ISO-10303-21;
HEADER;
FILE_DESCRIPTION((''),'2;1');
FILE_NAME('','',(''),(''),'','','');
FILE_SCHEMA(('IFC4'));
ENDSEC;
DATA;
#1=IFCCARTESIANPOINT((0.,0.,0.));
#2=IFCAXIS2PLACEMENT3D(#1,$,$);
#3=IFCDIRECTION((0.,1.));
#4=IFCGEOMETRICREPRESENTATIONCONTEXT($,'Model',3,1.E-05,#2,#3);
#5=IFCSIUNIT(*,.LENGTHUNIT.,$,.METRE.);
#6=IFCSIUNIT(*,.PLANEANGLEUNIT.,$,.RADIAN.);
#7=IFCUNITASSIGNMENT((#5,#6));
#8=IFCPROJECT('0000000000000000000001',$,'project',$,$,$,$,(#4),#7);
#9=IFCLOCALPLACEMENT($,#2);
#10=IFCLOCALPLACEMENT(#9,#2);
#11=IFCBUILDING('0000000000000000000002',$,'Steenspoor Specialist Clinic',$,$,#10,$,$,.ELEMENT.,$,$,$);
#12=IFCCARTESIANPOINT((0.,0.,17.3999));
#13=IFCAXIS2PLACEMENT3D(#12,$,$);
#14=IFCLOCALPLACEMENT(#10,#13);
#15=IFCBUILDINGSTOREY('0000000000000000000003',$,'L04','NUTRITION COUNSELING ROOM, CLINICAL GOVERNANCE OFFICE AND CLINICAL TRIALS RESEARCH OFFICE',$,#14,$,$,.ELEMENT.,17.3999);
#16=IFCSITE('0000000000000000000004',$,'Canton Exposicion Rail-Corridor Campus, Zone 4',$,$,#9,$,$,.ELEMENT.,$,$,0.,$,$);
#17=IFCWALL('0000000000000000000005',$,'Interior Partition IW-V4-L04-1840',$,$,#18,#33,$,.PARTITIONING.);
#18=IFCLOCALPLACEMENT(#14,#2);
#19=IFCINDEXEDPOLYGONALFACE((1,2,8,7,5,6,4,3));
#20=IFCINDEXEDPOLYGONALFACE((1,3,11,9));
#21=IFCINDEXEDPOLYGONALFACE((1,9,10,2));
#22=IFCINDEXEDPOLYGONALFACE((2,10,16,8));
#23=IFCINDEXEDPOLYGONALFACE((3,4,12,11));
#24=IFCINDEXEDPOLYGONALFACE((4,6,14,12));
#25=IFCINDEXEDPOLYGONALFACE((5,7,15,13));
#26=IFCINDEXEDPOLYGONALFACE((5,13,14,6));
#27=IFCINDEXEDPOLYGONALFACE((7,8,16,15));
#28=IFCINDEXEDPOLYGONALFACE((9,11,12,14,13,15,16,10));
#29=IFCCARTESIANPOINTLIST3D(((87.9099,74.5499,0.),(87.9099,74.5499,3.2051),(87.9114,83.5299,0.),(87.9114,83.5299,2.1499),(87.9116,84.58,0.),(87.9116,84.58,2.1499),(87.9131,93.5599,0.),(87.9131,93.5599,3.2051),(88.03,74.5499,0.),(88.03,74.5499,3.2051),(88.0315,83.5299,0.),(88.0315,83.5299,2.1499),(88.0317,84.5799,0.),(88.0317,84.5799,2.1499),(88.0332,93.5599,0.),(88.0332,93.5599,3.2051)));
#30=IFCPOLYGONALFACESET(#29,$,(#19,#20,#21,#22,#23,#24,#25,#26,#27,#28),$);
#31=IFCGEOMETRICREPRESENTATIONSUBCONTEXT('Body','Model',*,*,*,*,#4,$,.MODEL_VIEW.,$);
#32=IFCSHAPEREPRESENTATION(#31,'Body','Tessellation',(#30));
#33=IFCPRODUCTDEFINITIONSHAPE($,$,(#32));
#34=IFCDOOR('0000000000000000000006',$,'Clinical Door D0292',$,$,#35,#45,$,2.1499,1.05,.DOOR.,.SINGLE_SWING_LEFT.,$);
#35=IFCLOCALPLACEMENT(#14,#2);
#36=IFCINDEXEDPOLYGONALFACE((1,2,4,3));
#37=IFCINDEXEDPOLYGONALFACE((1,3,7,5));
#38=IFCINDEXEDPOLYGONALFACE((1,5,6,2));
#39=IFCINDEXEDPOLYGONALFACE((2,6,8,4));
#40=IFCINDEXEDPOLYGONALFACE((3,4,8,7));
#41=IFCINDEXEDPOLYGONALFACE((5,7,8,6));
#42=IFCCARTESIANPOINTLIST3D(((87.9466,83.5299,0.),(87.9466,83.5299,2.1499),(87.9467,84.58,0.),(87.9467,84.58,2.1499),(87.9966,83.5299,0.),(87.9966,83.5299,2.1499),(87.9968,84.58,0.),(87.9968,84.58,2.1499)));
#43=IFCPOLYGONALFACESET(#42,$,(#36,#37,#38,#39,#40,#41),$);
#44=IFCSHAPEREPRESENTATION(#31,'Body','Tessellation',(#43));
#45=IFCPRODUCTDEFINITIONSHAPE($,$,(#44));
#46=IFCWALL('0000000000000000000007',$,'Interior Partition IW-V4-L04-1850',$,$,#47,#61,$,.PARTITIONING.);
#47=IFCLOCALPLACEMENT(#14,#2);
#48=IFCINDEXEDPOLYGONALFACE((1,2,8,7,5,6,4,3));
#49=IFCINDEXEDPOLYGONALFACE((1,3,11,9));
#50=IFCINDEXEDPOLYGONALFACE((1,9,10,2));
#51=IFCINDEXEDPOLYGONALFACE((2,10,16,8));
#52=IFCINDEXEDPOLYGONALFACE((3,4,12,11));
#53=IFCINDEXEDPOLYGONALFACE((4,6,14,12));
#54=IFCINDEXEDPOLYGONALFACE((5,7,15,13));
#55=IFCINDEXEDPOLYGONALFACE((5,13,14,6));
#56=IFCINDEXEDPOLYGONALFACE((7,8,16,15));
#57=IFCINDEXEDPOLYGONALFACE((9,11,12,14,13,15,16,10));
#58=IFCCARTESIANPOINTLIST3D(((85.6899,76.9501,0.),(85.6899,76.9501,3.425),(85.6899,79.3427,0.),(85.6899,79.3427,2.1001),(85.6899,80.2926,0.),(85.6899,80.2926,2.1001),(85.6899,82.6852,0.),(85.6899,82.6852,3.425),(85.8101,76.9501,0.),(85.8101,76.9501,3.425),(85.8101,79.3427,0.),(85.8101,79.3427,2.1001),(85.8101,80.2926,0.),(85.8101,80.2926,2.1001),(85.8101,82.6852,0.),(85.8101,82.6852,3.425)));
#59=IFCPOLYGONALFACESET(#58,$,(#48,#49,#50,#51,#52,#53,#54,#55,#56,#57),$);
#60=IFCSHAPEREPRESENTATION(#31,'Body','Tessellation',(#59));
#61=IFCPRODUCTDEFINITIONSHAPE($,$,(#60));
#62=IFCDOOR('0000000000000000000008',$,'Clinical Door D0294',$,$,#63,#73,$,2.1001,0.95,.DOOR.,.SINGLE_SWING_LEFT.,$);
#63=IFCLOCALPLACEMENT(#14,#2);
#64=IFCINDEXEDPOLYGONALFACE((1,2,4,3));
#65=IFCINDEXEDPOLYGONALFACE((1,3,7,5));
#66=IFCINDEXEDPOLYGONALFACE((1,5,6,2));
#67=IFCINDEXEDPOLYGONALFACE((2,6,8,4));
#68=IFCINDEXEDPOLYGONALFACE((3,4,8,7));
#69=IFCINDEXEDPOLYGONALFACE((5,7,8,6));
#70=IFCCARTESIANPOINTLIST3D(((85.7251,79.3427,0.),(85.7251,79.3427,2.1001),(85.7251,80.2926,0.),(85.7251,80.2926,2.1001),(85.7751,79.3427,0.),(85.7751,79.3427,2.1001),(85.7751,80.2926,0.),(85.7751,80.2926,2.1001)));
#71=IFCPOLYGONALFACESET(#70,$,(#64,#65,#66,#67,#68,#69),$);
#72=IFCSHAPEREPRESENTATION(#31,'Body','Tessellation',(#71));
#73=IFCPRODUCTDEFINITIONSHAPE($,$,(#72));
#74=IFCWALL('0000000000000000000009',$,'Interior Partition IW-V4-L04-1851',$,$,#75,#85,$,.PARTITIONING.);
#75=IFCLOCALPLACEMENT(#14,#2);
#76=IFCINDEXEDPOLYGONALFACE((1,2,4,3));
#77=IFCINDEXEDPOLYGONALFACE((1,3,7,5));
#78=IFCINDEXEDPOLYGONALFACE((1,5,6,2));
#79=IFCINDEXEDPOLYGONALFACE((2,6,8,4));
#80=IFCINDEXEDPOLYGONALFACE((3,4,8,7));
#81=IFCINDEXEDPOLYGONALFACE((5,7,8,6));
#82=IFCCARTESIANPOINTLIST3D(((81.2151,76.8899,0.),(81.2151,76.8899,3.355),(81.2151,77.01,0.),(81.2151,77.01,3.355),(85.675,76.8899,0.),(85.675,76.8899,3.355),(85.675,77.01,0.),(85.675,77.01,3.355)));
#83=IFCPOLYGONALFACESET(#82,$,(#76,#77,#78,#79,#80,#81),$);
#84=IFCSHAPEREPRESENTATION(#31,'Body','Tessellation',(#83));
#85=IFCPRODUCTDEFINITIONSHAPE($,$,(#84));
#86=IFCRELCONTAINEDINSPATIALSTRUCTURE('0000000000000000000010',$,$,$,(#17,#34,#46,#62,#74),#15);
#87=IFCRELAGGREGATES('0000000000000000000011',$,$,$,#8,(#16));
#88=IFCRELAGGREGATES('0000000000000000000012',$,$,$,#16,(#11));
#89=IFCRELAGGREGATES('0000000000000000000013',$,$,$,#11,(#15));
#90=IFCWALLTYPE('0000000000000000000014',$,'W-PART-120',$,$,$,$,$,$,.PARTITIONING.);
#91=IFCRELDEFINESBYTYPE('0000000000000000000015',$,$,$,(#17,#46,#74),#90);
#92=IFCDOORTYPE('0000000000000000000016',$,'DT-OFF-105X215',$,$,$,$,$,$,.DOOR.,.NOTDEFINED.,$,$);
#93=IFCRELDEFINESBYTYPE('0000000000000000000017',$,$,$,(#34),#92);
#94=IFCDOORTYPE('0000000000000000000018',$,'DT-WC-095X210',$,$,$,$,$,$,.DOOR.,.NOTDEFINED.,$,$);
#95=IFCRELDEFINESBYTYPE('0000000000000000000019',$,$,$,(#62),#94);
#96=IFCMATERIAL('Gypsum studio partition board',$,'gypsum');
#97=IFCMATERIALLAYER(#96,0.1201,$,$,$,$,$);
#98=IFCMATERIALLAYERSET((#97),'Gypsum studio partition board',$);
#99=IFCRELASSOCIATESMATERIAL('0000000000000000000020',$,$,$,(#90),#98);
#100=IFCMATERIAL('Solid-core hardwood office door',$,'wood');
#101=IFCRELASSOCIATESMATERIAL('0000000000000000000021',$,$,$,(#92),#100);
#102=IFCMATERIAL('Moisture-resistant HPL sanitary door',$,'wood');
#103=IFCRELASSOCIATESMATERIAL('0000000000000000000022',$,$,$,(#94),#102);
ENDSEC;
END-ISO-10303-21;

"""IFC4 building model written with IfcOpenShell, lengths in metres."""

from ifc_helpers import new_model, si_unit, direction, frame, frame_2d, origin, place, context, subcontext, project, spatial, rectangle, extrude, material, layer, layer_set, type_object, element, fill, save


model = new_model("IFC4")

# Units and contexts
model_context = context("Model", 3, precision=1e-05, world=origin(), true_north=direction((0.0, 1.0)))
body_context = subcontext(model_context, "Body", "Model", "MODEL_VIEW")
ifc_project = project(units=[si_unit("LENGTHUNIT", "METRE"), si_unit("PLANEANGLEUNIT", "RADIAN")], contexts=[model_context])

# Site, building, storey
site_placement = place(None, origin())
site = spatial("IfcSite", under=ifc_project, at=site_placement, Name="Canton Exposicion Rail-Corridor Campus, Zone 4", CompositionType="ELEMENT", RefElevation=0.0)
building_placement = place(site_placement, origin())
building = spatial("IfcBuilding", under=site, at=building_placement, Name="Steenspoor Specialist Clinic", CompositionType="ELEMENT")
storey_placement = place(building_placement, frame((0.0, 0.0, 17.3999)))
storey = spatial("IfcBuildingStorey", under=building, at=storey_placement, Name="L04", Description="NUTRITION COUNSELING ROOM, CLINICAL GOVERNANCE OFFICE AND CLINICAL TRIALS RESEARCH OFFICE", CompositionType="ELEMENT", Elevation=17.3999)

# Walls, openings, doors
ifc_material_1 = material(Name="Gypsum studio partition board", Category="gypsum")
ifc_layer_1 = layer(ifc_material_1, 0.1201)
ifc_layer_set_1 = layer_set([ifc_layer_1], Name="Gypsum studio partition board")
wall_type_1 = type_object("IfcWallType", Name="W-PART-120", PredefinedType="PARTITIONING", material=ifc_layer_set_1)
wall_1_placement = place(storey_placement, frame((87.97, 74.55, 0.0), z_axis=(0.0, 0.0, 1.0), x_axis=(0.000167, 1.0, 0.0)))
wall_1 = element("IfcWall", 1, at=wall_1_placement, inside=storey, type_object=wall_type_1, Name="Interior Partition IW-V4-L04-1840", PredefinedType="PARTITIONING", context=body_context, shape_type="SweptSolid", body=[
    extrude(rectangle(XDim=19.01, YDim=0.1201, at=frame_2d((9.5049, 0.0))), origin(), (0.0, 0.0, 1.0), 3.2051),
])
opening_1_placement = place(wall_1_placement, frame((8.98, 0.0, 0.0)))
opening_1 = element("IfcOpeningElement", 2, at=opening_1_placement, cuts=wall_1, PredefinedType="OPENING", context=body_context, shape_type="SweptSolid", body=[
    extrude(rectangle(XDim=1.05, YDim=2.1499, at=frame_2d((0.5249, 1.075))), frame((0.0, 0.0701, 0.0), z_axis=(0.0, -1.0, 0.0), x_axis=(1.0, 0.0, 0.0)), (0.0, 0.0, 1.0), 0.1401),
])
ifc_material_2 = material(Name="Solid-core hardwood office door", Category="wood")
door_type_1 = type_object("IfcDoorType", Name="DT-OFF-105X215", OperationType="NOTDEFINED", PredefinedType="DOOR", material=ifc_material_2)
door_1_placement = place(opening_1_placement, origin())
door_1 = element("IfcDoor", 3, at=door_1_placement, inside=storey, type_object=door_type_1, Name="Clinical Door D0292", OperationType="SINGLE_SWING_LEFT", OverallHeight=2.1499, OverallWidth=1.05, PredefinedType="DOOR", context=body_context, shape_type="SweptSolid", body=[
    extrude(rectangle(XDim=1.05, YDim=2.1499, at=frame_2d((0.5249, 1.075))), frame((0.0, 0.0249, 0.0), z_axis=(0.0, -1.0, 0.0), x_axis=(1.0, 0.0, 0.0)), (0.0, 0.0, 1.0), 0.05),
])
fill(opening_1, door_1)
wall_2_placement = place(storey_placement, frame((85.75, 76.95, 0.0), z_axis=(0.0, 0.0, 1.0), x_axis=(0.0, 1.0, 0.0)))
wall_2 = element("IfcWall", 4, at=wall_2_placement, inside=storey, type_object=wall_type_1, Name="Interior Partition IW-V4-L04-1850", PredefinedType="PARTITIONING", context=body_context, shape_type="SweptSolid", body=[
    extrude(rectangle(XDim=5.7351, YDim=0.1201, at=frame_2d((2.8677, 0.0))), origin(), (0.0, 0.0, 1.0), 3.425),
])
opening_2_placement = place(wall_2_placement, frame((2.3926, 0.0, 0.0)))
opening_2 = element("IfcOpeningElement", 5, at=opening_2_placement, cuts=wall_2, PredefinedType="OPENING", context=body_context, shape_type="SweptSolid", body=[
    extrude(rectangle(XDim=0.95, YDim=2.1001, at=frame_2d((0.4751, 1.05))), frame((0.0, 0.0701, 0.0), z_axis=(0.0, -1.0, 0.0), x_axis=(1.0, 0.0, 0.0)), (0.0, 0.0, 1.0), 0.1401),
])
ifc_material_3 = material(Name="Moisture-resistant HPL sanitary door", Category="wood")
door_type_2 = type_object("IfcDoorType", Name="DT-WC-095X210", OperationType="NOTDEFINED", PredefinedType="DOOR", material=ifc_material_3)
door_2_placement = place(opening_2_placement, origin())
door_2 = element("IfcDoor", 6, at=door_2_placement, inside=storey, type_object=door_type_2, Name="Clinical Door D0294", OperationType="SINGLE_SWING_LEFT", OverallHeight=2.1001, OverallWidth=0.95, PredefinedType="DOOR", context=body_context, shape_type="SweptSolid", body=[
    extrude(rectangle(XDim=0.95, YDim=2.1001, at=frame_2d((0.4751, 1.05))), frame((0.0, 0.0249, 0.0), z_axis=(0.0, -1.0, 0.0), x_axis=(1.0, 0.0, 0.0)), (0.0, 0.0, 1.0), 0.05),
])
fill(opening_2, door_2)

# Wall
wall_3_placement = place(storey_placement, frame((81.2151, 76.95, 0.0), z_axis=(0.0, 0.0, 1.0), x_axis=(1.0, 0.0, 0.0)))
element("IfcWall", 7, at=wall_3_placement, inside=storey, type_object=wall_type_1, Name="Interior Partition IW-V4-L04-1851", PredefinedType="PARTITIONING", context=body_context, shape_type="SweptSolid", body=[
    extrude(rectangle(XDim=4.46, YDim=0.1201, at=frame_2d((2.23, 0.0))), origin(), (0.0, 0.0, 1.0), 3.355),
])

save(model, "model.ifc")
